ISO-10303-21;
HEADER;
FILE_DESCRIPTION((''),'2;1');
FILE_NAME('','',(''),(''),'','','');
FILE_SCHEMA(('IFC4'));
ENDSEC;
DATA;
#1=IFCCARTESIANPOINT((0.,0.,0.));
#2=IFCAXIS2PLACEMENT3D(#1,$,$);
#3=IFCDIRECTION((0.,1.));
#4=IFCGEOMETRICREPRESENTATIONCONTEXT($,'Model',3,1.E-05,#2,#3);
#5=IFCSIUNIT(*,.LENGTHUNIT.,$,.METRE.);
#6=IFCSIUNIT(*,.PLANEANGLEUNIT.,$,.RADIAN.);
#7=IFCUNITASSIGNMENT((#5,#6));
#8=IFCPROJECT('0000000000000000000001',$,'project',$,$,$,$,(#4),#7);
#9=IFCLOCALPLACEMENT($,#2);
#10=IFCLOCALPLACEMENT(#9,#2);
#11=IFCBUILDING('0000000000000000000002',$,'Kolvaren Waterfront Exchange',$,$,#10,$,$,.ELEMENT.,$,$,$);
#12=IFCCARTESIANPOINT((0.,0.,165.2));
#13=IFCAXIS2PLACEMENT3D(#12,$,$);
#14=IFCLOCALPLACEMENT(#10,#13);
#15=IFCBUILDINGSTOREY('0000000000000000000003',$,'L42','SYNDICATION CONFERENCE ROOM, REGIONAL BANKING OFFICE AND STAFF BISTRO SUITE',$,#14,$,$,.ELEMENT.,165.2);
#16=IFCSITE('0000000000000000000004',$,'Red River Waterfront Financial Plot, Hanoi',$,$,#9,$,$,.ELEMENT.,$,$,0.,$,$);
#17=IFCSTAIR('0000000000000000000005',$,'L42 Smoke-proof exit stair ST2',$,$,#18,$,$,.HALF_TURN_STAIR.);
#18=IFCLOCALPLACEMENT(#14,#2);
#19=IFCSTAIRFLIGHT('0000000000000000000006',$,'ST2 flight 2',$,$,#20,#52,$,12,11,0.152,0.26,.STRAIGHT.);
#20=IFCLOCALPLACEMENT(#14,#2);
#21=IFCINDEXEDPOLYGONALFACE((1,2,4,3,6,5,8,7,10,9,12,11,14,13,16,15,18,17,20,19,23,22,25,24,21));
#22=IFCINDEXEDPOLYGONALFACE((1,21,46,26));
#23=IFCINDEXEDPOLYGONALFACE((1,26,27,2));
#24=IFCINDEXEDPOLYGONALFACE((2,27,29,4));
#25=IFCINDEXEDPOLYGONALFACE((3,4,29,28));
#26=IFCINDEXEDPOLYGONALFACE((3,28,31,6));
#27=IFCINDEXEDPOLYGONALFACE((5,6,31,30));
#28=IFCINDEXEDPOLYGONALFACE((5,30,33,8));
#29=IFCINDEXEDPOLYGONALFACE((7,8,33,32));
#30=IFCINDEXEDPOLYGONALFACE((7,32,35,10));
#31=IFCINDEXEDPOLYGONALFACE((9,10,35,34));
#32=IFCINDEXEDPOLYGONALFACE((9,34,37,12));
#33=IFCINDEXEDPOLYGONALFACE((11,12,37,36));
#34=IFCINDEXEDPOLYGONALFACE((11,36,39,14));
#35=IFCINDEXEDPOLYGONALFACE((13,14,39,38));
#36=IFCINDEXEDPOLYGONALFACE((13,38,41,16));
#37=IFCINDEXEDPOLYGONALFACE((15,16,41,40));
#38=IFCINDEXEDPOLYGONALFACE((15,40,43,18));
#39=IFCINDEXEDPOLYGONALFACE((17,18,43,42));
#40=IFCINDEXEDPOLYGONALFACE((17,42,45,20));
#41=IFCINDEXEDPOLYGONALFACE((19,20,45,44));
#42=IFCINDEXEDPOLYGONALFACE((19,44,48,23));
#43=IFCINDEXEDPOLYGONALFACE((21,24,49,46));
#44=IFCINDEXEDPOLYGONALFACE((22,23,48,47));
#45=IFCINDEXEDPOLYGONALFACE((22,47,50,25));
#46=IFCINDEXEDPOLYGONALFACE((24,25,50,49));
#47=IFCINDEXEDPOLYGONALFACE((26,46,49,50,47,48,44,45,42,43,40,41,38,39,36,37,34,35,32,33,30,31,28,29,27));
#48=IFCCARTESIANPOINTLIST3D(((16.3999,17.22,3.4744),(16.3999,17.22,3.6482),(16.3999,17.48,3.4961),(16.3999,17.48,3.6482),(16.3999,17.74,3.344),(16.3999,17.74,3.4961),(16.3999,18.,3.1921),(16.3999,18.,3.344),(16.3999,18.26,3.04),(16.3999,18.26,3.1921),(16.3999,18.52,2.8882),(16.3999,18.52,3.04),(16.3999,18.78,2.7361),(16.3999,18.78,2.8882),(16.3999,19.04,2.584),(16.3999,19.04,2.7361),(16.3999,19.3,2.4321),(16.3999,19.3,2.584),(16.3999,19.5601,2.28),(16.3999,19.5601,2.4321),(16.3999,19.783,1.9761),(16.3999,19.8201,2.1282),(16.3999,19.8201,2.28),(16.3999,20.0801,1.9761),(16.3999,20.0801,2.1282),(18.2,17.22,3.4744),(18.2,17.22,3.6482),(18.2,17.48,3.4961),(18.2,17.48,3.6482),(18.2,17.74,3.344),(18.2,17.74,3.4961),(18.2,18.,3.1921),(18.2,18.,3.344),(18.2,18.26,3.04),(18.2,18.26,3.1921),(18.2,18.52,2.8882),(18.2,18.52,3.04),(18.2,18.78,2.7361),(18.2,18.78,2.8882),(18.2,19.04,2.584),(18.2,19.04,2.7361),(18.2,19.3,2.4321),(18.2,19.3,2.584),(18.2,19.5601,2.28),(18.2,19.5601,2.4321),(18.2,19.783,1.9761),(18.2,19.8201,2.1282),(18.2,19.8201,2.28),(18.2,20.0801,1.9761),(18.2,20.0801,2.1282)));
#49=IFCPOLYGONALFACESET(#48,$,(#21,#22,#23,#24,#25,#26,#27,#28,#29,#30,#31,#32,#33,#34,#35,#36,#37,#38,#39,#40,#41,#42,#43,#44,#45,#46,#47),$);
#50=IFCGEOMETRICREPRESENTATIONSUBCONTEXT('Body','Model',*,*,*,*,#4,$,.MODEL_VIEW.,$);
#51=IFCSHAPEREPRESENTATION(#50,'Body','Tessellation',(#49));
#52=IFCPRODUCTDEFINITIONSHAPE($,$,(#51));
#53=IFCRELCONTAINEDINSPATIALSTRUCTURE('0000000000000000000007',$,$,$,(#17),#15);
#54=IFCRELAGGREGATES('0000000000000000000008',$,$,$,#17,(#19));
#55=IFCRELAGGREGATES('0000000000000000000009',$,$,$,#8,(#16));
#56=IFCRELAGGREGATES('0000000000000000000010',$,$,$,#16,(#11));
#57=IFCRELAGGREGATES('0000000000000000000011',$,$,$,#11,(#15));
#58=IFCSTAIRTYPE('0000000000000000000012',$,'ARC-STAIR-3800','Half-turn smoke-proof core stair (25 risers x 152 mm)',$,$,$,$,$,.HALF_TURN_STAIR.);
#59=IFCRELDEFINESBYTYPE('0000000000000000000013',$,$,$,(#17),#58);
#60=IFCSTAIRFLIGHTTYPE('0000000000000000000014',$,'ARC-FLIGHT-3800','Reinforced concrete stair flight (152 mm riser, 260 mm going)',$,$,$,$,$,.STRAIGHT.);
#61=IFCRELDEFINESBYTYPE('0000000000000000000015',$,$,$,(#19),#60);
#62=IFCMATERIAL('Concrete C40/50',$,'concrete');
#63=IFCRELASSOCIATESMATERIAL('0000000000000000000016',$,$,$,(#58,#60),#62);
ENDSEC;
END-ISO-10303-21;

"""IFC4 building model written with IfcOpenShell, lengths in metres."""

from ifc_helpers import new_model, si_unit, direction, frame, origin, place, context, subcontext, project, spatial, polyline, outline, extrude, material, type_object, element, aggregate, save


model = new_model("IFC4")

# Units and contexts
model_context = context("Model", 3, precision=1e-05, world=origin(), true_north=direction((0.0, 1.0)))
body_context = subcontext(model_context, "Body", "Model", "MODEL_VIEW")
ifc_project = project(units=[si_unit("LENGTHUNIT", "METRE"), si_unit("PLANEANGLEUNIT", "RADIAN")], contexts=[model_context])

# Site, building, storey
site_placement = place(None, origin())
site = spatial("IfcSite", under=ifc_project, at=site_placement, Name="Red River Waterfront Financial Plot, Hanoi", CompositionType="ELEMENT", RefElevation=0.0)
building_placement = place(site_placement, origin())
building = spatial("IfcBuilding", under=site, at=building_placement, Name="Kolvaren Waterfront Exchange", CompositionType="ELEMENT")
storey_placement = place(building_placement, frame((0.0, 0.0, 165.2)))
storey = spatial("IfcBuildingStorey", under=building, at=storey_placement, Name="L42", Description="SYNDICATION CONFERENCE ROOM, REGIONAL BANKING OFFICE AND STAFF BISTRO SUITE", CompositionType="ELEMENT", Elevation=165.2)

# Stair, stair flight
ifc_material_1 = material(Name="Concrete C40/50", Category="concrete")
stair_type = type_object("IfcStairType", Name="ARC-STAIR-3800", Description="Half-turn smoke-proof core stair (25 risers x 152 mm)", PredefinedType="HALF_TURN_STAIR", material=ifc_material_1)
stair_placement = place(storey_placement, origin())
stair = element("IfcStair", 1, at=stair_placement, inside=storey, type_object=stair_type, Name="L42 Smoke-proof exit stair ST2", PredefinedType="HALF_TURN_STAIR")
stair_flight_type = type_object("IfcStairFlightType", Name="ARC-FLIGHT-3800", Description="Reinforced concrete stair flight (152 mm riser, 260 mm going)", PredefinedType="STRAIGHT", material=ifc_material_1)
stair_flight_placement = place(storey_placement, frame((17.3, 20.0801, 1.9761), z_axis=(0.0, 0.0, 1.0), x_axis=(0.0, -1.0, 0.0)))
stair_flight = element("IfcStairFlight", 2, at=stair_flight_placement, type_object=stair_flight_type, Name="ST2 flight 2", NumberOfRisers=12, NumberOfTreads=11, PredefinedType="STRAIGHT", RiserHeight=0.152, TreadLength=0.26, context=body_context, shape_type="SweptSolid", body=[
    extrude(outline(polyline([(0.0, 0.0), (0.0, 0.1521), (0.26, 0.1521), (0.26, 0.304), (0.52, 0.304), (0.52, 0.4561), (0.78, 0.4561), (0.78, 0.6079), (1.04, 0.6079), (1.04, 0.76), (1.3, 0.76), (1.3, 0.9121), (1.5601, 0.9121), (1.5601, 1.064), (1.8201, 1.064), (1.8201, 1.2161), (2.0801, 1.2161), (2.0801, 1.3679), (2.3401, 1.3679), (2.3401, 1.52), (2.6001, 1.52), (2.6001, 1.6721), (2.8601, 1.6721), (2.8601, 1.824), (2.8601, 1.4983), (0.2971, 0.0), (0.0, 0.0)])), frame((0.0, 0.8999, 0.0), z_axis=(0.0, -1.0, 0.0), x_axis=(1.0, 0.0, 0.0)), (0.0, 0.0, 1.0), 1.8),
])
aggregate(stair, [stair_flight])

save(model, "model.ifc")
